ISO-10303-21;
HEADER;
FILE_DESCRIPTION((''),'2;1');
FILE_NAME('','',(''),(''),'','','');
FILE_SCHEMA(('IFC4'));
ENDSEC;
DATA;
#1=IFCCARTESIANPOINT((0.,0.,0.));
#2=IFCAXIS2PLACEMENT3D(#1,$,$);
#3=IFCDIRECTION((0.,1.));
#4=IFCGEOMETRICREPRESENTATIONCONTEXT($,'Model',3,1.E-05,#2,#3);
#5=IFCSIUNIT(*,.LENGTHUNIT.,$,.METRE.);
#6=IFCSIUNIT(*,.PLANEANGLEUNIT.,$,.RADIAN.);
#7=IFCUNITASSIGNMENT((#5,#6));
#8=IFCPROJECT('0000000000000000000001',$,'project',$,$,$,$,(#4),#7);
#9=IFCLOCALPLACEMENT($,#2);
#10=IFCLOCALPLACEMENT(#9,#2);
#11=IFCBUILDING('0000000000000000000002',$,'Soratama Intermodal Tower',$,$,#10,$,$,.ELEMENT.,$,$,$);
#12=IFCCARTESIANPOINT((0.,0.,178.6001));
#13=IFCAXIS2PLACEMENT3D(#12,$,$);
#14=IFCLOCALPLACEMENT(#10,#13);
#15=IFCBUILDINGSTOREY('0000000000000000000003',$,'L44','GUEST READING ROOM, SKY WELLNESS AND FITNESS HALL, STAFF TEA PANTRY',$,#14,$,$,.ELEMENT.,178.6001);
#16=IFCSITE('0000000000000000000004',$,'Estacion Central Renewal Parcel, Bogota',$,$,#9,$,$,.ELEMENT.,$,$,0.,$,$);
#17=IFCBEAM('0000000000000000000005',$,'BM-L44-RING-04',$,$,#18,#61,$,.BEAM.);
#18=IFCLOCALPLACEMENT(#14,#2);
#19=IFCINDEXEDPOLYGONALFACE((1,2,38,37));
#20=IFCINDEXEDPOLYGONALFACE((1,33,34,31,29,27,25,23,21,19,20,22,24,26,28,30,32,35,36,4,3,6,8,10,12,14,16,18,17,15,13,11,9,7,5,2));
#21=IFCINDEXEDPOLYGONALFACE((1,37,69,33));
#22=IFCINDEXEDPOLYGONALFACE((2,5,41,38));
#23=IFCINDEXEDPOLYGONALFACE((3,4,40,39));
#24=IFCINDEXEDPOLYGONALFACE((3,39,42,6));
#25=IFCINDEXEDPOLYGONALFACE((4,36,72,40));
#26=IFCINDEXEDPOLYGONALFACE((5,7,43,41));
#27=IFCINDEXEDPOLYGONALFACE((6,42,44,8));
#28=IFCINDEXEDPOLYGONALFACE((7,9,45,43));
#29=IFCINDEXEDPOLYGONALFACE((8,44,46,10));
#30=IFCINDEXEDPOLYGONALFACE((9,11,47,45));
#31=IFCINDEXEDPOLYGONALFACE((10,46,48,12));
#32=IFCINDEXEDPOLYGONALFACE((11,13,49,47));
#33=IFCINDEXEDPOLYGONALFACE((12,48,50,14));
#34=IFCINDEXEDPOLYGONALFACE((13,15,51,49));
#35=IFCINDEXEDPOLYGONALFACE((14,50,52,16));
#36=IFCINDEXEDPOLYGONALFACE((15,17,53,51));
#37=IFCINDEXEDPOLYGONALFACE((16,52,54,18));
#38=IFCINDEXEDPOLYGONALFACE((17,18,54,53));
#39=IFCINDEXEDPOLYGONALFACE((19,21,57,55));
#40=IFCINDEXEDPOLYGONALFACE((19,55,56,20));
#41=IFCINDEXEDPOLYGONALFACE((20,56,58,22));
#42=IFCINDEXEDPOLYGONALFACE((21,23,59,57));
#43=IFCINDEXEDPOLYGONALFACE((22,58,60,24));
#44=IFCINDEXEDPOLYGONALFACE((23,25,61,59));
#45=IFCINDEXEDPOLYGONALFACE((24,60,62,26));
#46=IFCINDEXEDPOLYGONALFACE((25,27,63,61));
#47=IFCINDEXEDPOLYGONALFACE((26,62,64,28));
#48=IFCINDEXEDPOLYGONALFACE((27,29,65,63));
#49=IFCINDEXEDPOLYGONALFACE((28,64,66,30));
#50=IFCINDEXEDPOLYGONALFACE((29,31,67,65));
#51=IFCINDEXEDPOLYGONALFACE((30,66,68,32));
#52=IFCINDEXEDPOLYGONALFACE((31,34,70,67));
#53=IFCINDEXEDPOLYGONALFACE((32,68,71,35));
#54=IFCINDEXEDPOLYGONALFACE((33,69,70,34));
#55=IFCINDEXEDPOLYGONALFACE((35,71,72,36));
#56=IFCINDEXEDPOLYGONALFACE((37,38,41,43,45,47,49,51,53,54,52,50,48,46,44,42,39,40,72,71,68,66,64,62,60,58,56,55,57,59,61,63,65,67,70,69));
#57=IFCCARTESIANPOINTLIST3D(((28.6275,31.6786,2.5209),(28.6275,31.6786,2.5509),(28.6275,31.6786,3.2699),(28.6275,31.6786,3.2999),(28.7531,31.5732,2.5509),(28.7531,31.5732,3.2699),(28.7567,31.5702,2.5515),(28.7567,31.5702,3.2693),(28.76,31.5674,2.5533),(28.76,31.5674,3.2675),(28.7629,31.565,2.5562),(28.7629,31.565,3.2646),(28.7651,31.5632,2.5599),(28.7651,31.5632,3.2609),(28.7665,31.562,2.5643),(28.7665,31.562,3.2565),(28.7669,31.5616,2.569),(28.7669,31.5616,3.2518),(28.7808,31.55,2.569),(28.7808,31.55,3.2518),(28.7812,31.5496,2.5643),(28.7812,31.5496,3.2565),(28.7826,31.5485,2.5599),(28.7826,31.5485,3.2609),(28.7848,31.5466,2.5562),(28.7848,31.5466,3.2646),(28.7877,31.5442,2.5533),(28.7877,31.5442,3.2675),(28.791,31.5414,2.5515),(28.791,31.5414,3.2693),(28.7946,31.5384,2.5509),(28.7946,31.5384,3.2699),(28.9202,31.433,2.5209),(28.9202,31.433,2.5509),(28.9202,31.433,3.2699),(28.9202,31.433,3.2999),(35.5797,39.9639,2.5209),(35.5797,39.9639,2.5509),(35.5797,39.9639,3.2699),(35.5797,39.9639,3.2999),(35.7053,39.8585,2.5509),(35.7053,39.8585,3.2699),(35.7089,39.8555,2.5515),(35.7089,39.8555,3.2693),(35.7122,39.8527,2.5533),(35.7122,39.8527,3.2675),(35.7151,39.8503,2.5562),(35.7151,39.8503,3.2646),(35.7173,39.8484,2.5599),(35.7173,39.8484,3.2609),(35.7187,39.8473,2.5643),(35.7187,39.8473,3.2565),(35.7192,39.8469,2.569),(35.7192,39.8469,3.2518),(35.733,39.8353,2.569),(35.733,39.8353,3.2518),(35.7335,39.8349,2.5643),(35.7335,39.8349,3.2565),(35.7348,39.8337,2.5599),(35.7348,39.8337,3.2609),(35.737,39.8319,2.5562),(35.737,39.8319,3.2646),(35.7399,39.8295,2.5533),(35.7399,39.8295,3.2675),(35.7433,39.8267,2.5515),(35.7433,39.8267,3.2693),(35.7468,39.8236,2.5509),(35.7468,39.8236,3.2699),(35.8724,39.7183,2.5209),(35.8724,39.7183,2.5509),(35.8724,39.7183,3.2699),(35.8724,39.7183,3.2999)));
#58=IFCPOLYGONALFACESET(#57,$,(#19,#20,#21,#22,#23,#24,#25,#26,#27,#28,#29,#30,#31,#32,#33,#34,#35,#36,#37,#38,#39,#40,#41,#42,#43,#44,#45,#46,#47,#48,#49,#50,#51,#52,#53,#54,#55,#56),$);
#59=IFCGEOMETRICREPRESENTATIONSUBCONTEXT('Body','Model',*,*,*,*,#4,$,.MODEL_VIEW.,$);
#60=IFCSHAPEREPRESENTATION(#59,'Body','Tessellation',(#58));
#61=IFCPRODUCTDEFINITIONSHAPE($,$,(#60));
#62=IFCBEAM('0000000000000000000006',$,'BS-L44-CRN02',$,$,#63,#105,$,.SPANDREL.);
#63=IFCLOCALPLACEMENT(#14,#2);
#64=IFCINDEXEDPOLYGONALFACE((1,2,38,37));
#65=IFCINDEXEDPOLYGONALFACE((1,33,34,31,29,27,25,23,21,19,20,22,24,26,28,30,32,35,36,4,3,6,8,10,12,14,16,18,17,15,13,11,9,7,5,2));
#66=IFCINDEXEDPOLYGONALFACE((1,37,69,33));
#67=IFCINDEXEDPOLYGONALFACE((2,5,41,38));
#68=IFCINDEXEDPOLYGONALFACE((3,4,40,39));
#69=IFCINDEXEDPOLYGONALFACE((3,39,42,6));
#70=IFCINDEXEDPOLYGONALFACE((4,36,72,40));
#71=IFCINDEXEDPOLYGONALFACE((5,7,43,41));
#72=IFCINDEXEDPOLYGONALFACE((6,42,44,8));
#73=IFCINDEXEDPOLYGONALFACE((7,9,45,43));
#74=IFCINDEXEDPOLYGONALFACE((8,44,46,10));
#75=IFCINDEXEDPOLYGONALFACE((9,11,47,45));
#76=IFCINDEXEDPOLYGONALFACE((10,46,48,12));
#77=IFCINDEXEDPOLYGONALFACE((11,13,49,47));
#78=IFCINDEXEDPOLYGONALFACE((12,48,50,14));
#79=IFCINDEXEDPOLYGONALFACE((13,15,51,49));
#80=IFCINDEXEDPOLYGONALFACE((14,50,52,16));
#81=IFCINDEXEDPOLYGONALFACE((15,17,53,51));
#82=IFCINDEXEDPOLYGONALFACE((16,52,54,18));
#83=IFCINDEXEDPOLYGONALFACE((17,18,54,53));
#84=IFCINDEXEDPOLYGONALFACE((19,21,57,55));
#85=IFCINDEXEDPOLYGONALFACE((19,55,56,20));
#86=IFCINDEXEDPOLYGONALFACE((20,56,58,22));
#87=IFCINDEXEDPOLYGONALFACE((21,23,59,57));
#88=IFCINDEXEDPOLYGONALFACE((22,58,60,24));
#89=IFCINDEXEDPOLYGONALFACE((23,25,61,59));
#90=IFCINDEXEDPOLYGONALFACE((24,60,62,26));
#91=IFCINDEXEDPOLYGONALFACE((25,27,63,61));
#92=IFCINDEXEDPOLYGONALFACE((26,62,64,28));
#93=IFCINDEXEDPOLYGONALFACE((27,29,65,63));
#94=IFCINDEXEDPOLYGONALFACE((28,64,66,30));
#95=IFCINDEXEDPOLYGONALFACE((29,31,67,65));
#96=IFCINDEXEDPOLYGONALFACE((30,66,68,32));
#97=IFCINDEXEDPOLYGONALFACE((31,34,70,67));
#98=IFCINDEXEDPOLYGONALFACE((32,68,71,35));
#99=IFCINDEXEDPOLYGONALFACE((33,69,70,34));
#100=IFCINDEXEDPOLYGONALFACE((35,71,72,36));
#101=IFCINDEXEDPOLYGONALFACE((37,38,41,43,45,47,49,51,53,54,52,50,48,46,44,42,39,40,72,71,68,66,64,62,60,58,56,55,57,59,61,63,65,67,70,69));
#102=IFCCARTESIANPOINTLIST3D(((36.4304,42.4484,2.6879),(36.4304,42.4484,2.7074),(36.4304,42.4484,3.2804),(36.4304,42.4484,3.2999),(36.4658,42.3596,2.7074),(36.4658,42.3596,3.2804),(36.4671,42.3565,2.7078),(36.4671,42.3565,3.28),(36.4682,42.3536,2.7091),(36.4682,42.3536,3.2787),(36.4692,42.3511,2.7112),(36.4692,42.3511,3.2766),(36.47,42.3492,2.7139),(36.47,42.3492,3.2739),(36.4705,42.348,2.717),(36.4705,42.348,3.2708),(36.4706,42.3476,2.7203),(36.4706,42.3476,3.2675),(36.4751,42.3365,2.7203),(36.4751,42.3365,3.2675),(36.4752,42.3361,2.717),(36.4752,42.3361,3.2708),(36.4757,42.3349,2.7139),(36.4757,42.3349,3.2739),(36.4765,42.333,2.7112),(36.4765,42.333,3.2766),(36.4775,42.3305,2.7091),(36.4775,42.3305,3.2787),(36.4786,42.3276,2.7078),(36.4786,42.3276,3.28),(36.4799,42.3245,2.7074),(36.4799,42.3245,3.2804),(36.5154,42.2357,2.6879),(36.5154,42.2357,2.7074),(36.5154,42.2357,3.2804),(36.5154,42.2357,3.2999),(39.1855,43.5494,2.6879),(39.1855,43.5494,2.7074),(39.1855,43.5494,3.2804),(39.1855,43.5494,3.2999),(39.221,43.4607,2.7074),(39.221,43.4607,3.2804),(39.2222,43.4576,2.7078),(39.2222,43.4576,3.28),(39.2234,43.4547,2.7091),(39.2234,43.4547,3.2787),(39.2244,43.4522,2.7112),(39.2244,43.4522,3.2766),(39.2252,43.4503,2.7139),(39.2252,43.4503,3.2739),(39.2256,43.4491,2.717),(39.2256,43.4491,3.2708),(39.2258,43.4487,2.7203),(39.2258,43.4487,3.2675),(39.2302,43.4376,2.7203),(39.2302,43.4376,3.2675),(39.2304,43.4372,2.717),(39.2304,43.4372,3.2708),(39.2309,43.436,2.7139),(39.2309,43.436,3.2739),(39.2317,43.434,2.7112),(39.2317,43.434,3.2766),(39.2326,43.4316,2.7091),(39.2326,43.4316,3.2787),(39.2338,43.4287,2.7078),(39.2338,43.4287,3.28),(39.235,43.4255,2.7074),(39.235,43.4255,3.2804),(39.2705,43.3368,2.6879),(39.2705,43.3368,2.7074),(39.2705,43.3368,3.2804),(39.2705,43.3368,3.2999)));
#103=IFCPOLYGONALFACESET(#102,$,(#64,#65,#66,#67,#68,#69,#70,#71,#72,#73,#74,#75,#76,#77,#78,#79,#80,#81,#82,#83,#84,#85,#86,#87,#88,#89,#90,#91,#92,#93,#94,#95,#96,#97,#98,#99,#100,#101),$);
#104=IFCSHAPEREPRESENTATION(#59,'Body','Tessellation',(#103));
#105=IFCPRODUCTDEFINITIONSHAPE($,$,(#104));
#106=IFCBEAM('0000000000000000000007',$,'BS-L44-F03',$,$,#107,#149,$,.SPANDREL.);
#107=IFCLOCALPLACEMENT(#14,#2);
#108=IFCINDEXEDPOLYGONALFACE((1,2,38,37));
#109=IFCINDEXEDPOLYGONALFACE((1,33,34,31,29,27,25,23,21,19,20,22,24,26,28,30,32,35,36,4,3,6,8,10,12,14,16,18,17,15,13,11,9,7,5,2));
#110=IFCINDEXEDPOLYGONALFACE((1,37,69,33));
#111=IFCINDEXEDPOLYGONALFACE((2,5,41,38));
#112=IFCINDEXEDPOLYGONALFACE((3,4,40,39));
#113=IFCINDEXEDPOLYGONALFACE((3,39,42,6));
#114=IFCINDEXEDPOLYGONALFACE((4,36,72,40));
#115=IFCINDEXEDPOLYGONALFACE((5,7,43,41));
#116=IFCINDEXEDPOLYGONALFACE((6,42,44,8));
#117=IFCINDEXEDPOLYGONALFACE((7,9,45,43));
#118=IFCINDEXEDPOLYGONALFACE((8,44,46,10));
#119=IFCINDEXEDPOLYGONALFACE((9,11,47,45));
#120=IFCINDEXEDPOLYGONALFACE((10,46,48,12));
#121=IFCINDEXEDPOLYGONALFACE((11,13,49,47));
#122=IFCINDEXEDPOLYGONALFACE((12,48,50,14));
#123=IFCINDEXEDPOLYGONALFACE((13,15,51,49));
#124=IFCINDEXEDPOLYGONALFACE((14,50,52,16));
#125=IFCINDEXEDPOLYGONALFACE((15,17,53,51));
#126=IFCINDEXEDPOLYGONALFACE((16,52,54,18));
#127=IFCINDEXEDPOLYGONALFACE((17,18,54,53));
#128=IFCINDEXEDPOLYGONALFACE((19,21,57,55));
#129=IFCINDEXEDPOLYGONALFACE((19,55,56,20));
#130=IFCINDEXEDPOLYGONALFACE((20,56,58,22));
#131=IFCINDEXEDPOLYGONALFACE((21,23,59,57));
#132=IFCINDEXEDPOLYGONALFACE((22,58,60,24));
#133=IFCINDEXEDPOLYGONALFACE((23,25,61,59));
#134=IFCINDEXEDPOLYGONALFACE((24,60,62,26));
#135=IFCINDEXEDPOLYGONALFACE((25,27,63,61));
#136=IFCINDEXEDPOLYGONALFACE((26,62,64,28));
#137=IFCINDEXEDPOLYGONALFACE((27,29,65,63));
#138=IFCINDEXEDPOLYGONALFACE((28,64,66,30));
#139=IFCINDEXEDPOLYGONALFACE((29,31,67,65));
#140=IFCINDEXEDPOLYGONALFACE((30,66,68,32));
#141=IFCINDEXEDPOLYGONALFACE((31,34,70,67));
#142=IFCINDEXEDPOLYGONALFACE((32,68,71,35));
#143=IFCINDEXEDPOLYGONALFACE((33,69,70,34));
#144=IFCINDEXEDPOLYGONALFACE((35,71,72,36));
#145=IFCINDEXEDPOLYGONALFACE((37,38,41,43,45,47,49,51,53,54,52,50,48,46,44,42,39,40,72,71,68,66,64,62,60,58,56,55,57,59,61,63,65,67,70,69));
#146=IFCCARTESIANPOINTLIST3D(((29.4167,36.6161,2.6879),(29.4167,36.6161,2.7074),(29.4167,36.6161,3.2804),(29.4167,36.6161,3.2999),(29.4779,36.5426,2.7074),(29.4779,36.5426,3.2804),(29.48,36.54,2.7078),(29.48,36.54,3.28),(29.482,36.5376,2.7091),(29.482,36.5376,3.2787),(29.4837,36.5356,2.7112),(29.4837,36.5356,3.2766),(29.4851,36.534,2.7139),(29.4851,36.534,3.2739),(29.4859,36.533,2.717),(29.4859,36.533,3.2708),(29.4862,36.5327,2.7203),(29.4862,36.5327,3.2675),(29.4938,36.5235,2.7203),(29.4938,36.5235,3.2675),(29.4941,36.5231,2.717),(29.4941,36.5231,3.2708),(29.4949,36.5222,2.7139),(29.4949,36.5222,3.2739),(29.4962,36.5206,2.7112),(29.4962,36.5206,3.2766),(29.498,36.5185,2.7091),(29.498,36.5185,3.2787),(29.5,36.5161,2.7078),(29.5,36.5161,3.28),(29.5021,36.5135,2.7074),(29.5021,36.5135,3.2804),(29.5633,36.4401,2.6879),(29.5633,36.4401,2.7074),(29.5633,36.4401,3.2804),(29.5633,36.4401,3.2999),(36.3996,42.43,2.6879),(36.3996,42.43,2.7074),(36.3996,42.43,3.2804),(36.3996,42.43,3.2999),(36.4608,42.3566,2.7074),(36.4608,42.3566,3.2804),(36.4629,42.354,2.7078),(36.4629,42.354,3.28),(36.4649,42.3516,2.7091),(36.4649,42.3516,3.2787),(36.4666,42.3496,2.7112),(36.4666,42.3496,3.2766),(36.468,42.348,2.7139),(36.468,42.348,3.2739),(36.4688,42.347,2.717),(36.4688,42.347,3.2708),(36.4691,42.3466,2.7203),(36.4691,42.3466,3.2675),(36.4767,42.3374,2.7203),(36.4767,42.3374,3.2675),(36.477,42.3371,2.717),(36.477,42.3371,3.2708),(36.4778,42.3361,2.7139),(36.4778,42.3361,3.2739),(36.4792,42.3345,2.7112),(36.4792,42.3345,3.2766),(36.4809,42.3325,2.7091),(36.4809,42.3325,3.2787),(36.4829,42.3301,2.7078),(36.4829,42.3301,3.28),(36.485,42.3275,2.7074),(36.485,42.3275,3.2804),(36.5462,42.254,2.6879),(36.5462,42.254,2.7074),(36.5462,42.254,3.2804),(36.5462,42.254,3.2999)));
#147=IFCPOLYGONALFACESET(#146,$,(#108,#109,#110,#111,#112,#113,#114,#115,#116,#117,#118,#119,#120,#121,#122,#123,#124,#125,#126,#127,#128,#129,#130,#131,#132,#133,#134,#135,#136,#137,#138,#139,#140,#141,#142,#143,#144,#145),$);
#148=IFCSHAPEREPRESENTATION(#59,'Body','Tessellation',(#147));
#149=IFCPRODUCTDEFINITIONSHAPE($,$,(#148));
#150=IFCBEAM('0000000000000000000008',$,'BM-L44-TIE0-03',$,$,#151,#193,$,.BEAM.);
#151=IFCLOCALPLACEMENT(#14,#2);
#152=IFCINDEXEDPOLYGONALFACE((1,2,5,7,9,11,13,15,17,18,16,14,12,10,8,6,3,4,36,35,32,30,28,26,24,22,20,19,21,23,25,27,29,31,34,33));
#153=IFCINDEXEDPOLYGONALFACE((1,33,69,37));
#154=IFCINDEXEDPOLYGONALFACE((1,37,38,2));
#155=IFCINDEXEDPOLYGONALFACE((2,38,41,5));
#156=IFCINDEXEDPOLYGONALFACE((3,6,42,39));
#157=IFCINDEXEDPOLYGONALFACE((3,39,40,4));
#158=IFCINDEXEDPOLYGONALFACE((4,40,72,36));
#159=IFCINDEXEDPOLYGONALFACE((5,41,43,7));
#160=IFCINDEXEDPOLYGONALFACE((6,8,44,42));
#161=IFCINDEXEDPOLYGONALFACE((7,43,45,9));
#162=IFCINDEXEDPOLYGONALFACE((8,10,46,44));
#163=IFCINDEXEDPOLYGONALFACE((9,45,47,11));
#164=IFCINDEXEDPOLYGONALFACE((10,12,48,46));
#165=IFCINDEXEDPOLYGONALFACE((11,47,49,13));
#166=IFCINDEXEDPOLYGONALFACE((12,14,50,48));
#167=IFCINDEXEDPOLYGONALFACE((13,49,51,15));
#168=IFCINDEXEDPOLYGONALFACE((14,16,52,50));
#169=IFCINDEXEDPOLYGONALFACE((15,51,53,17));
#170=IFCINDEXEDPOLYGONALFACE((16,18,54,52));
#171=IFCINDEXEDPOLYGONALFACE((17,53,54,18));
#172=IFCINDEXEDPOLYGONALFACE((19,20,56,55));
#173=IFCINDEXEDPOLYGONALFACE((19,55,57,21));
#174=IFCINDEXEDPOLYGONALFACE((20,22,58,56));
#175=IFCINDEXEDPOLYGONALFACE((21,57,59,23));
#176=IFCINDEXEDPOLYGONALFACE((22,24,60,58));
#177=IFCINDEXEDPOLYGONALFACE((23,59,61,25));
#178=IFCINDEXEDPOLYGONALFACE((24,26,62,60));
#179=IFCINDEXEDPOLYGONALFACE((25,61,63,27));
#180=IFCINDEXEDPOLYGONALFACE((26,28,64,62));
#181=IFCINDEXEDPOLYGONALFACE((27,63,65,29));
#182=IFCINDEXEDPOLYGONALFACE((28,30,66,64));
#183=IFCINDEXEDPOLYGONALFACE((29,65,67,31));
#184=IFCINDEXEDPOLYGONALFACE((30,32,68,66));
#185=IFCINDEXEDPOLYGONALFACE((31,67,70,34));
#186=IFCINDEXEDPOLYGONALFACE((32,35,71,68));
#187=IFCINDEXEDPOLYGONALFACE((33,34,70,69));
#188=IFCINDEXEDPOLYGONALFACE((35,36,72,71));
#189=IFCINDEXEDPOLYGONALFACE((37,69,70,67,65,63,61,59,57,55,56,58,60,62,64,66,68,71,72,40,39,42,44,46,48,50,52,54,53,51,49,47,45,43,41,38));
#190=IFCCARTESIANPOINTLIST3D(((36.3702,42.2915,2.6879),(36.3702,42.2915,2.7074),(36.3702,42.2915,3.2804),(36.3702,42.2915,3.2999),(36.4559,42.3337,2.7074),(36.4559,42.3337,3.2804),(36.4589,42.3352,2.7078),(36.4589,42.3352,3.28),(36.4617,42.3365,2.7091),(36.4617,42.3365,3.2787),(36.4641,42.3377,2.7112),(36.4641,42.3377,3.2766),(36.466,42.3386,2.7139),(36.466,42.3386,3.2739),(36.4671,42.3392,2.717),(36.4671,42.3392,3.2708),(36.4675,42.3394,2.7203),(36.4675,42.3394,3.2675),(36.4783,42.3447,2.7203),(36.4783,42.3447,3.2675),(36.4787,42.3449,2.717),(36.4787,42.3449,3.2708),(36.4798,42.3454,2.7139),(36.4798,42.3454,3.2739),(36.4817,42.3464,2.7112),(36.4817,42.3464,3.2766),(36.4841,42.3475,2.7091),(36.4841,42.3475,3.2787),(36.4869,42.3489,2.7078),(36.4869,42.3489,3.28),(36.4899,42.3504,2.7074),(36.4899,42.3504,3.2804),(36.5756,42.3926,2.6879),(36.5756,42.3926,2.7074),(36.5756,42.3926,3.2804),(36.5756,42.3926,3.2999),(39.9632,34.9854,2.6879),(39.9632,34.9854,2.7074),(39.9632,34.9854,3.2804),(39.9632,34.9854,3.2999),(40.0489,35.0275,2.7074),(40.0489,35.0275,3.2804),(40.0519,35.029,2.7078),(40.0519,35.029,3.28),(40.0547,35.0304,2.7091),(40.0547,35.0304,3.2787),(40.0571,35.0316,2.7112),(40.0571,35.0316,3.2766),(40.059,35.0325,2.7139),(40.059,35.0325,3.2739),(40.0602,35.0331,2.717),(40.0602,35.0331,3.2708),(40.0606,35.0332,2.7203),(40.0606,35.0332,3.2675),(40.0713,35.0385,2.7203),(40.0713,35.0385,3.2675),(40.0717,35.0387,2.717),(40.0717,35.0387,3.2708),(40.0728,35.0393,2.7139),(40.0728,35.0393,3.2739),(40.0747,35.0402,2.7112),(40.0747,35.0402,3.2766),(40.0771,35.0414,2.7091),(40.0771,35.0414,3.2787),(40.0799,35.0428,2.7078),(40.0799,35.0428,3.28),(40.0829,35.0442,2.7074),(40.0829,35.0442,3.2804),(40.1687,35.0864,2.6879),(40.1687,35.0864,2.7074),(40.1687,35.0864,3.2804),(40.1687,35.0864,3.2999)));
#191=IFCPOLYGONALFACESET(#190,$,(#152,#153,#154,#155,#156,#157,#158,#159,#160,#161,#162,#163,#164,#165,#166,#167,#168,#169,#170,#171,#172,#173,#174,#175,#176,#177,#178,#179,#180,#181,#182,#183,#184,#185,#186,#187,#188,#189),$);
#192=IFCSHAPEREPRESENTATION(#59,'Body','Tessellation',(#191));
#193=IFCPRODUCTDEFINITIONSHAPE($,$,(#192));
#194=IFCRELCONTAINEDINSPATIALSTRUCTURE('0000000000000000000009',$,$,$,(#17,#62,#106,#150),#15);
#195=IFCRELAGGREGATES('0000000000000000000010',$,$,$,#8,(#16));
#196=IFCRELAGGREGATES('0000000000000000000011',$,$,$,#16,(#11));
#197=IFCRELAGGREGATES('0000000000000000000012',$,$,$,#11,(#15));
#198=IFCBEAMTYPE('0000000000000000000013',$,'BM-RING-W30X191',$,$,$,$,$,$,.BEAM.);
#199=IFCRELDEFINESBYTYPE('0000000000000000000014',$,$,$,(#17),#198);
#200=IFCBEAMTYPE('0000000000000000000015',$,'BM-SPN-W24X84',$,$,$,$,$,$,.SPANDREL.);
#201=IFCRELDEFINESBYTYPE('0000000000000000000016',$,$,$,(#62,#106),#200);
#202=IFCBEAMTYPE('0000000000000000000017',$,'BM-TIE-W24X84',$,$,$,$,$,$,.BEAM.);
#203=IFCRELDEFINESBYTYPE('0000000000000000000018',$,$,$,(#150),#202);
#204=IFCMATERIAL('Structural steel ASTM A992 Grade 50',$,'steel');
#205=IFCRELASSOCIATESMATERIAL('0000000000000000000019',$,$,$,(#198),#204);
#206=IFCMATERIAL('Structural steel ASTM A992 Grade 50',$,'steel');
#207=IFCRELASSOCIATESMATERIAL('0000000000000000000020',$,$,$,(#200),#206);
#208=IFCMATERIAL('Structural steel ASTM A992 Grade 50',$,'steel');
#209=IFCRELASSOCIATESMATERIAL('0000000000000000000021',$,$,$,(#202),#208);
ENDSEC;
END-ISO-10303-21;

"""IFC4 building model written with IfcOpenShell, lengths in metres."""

from ifc_helpers import new_model, si_unit, direction, frame, origin, origin_2d, place, context, subcontext, project, spatial, i_section, extrude, material, material_profile, profile_set, type_object, element, save


model = new_model("IFC4")

# Units and contexts
model_context = context("Model", 3, precision=1e-05, world=origin(), true_north=direction((0.0, 1.0)))
body_context = subcontext(model_context, "Body", "Model", "MODEL_VIEW")
ifc_project = project(units=[si_unit("LENGTHUNIT", "METRE"), si_unit("PLANEANGLEUNIT", "RADIAN")], contexts=[model_context])

# Site, building, storey
site_placement = place(None, origin())
site = spatial("IfcSite", under=ifc_project, at=site_placement, Name="Estacion Central Renewal Parcel, Bogota", CompositionType="ELEMENT", RefElevation=0.0)
building_placement = place(site_placement, origin())
building = spatial("IfcBuilding", under=site, at=building_placement, Name="Soratama Intermodal Tower", CompositionType="ELEMENT")
storey_placement = place(building_placement, frame((0.0, 0.0, 178.6001)))
storey = spatial("IfcBuildingStorey", under=building, at=storey_placement, Name="L44", Description="GUEST READING ROOM, SKY WELLNESS AND FITNESS HALL, STAFF TEA PANTRY", CompositionType="ELEMENT", Elevation=178.6001)

# Beams
ifc_material_1 = material(Name="Structural steel ASTM A992 Grade 50", Category="steel")
ifc_material_profile_1 = material_profile(ifc_material_1, i_section(OverallWidth=0.3821, OverallDepth=0.7791, WebThickness=0.0181, FlangeThickness=0.03, FilletRadius=0.0181, at=origin_2d()), Name="W30X191")
ifc_profile_set_1 = profile_set([ifc_material_profile_1], Name="Structural steel ASTM A992 Grade 50")
beam_type_1 = type_object("IfcBeamType", Name="BM-RING-W30X191", PredefinedType="BEAM", material=ifc_profile_set_1)
beam_1_placement = place(storey_placement, frame((35.7261, 39.8411, 2.9104), z_axis=(-0.642792, -0.766041, 0.0), x_axis=(0.766041, -0.642792, 0.0)))
element("IfcBeam", 1, at=beam_1_placement, inside=storey, type_object=beam_type_1, Name="BM-L44-RING-04", PredefinedType="BEAM", context=body_context, shape_type="SweptSolid", body=[
    extrude(i_section(OverallWidth=0.3821, OverallDepth=0.7791, WebThickness=0.0181, FlangeThickness=0.03, FilletRadius=0.0181, at=origin_2d()), origin(), (0.0, 0.0, 1.0), 10.8157),
])
ifc_material_2 = material(Name="Structural steel ASTM A992 Grade 50", Category="steel")
ifc_material_profile_2 = material_profile(ifc_material_2, i_section(OverallWidth=0.229, OverallDepth=0.6121, WebThickness=0.012, FlangeThickness=0.0195, FilletRadius=0.0129, at=origin_2d()), Name="W24X84")
ifc_profile_set_2 = profile_set([ifc_material_profile_2], Name="Structural steel ASTM A992 Grade 50")
beam_type_2 = type_object("IfcBeamType", Name="BM-SPN-W24X84", PredefinedType="SPANDREL", material=ifc_profile_set_2)
beam_2_placement = place(storey_placement, frame((39.228, 43.4431, 2.9939), z_axis=(-0.92859, -0.371107, 0.0), x_axis=(0.371107, -0.92859, 0.0)))
element("IfcBeam", 2, at=beam_2_placement, inside=storey, type_object=beam_type_2, Name="BS-L44-CRN02", PredefinedType="SPANDREL", context=body_context, shape_type="SweptSolid", body=[
    extrude(i_section(OverallWidth=0.229, OverallDepth=0.6121, WebThickness=0.012, FlangeThickness=0.0195, FilletRadius=0.0129, at=origin_2d()), origin(), (0.0, 0.0, 1.0), 2.967),
])
beam_3_placement = place(storey_placement, frame((36.4729, 42.342, 2.9939), z_axis=(-0.768499, -0.639851, 0.0), x_axis=(0.639851, -0.768499, 0.0)))
element("IfcBeam", 3, at=beam_3_placement, inside=storey, type_object=beam_type_2, Name="BS-L44-F03", PredefinedType="SPANDREL", context=body_context, shape_type="SweptSolid", body=[
    extrude(i_section(OverallWidth=0.229, OverallDepth=0.6121, WebThickness=0.012, FlangeThickness=0.0195, FilletRadius=0.0129, at=origin_2d()), origin(), (0.0, 0.0, 1.0), 9.0864),
])
ifc_material_3 = material(Name="Structural steel ASTM A992 Grade 50", Category="steel")
ifc_material_profile_3 = material_profile(ifc_material_3, i_section(OverallWidth=0.229, OverallDepth=0.6121, WebThickness=0.012, FlangeThickness=0.0195, FilletRadius=0.0129, at=origin_2d()), Name="W24X84")
ifc_profile_set_3 = profile_set([ifc_material_profile_3], Name="Structural steel ASTM A992 Grade 50")
beam_type_3 = type_object("IfcBeamType", Name="BM-TIE-W24X84", PredefinedType="BEAM", material=ifc_profile_set_3)
beam_4_placement = place(storey_placement, frame((40.0659, 35.0359, 2.9939), z_axis=(-0.441303, 0.897358, 0.0), x_axis=(-0.897358, -0.441303, 0.0)))
element("IfcBeam", 4, at=beam_4_placement, inside=storey, type_object=beam_type_3, Name="BM-L44-TIE0-03", PredefinedType="BEAM", context=body_context, shape_type="SweptSolid", body=[
    extrude(i_section(OverallWidth=0.229, OverallDepth=0.6121, WebThickness=0.012, FlangeThickness=0.0195, FilletRadius=0.0129, at=origin_2d()), origin(), (0.0, 0.0, 1.0), 8.1418),
])

save(model, "model.ifc")
